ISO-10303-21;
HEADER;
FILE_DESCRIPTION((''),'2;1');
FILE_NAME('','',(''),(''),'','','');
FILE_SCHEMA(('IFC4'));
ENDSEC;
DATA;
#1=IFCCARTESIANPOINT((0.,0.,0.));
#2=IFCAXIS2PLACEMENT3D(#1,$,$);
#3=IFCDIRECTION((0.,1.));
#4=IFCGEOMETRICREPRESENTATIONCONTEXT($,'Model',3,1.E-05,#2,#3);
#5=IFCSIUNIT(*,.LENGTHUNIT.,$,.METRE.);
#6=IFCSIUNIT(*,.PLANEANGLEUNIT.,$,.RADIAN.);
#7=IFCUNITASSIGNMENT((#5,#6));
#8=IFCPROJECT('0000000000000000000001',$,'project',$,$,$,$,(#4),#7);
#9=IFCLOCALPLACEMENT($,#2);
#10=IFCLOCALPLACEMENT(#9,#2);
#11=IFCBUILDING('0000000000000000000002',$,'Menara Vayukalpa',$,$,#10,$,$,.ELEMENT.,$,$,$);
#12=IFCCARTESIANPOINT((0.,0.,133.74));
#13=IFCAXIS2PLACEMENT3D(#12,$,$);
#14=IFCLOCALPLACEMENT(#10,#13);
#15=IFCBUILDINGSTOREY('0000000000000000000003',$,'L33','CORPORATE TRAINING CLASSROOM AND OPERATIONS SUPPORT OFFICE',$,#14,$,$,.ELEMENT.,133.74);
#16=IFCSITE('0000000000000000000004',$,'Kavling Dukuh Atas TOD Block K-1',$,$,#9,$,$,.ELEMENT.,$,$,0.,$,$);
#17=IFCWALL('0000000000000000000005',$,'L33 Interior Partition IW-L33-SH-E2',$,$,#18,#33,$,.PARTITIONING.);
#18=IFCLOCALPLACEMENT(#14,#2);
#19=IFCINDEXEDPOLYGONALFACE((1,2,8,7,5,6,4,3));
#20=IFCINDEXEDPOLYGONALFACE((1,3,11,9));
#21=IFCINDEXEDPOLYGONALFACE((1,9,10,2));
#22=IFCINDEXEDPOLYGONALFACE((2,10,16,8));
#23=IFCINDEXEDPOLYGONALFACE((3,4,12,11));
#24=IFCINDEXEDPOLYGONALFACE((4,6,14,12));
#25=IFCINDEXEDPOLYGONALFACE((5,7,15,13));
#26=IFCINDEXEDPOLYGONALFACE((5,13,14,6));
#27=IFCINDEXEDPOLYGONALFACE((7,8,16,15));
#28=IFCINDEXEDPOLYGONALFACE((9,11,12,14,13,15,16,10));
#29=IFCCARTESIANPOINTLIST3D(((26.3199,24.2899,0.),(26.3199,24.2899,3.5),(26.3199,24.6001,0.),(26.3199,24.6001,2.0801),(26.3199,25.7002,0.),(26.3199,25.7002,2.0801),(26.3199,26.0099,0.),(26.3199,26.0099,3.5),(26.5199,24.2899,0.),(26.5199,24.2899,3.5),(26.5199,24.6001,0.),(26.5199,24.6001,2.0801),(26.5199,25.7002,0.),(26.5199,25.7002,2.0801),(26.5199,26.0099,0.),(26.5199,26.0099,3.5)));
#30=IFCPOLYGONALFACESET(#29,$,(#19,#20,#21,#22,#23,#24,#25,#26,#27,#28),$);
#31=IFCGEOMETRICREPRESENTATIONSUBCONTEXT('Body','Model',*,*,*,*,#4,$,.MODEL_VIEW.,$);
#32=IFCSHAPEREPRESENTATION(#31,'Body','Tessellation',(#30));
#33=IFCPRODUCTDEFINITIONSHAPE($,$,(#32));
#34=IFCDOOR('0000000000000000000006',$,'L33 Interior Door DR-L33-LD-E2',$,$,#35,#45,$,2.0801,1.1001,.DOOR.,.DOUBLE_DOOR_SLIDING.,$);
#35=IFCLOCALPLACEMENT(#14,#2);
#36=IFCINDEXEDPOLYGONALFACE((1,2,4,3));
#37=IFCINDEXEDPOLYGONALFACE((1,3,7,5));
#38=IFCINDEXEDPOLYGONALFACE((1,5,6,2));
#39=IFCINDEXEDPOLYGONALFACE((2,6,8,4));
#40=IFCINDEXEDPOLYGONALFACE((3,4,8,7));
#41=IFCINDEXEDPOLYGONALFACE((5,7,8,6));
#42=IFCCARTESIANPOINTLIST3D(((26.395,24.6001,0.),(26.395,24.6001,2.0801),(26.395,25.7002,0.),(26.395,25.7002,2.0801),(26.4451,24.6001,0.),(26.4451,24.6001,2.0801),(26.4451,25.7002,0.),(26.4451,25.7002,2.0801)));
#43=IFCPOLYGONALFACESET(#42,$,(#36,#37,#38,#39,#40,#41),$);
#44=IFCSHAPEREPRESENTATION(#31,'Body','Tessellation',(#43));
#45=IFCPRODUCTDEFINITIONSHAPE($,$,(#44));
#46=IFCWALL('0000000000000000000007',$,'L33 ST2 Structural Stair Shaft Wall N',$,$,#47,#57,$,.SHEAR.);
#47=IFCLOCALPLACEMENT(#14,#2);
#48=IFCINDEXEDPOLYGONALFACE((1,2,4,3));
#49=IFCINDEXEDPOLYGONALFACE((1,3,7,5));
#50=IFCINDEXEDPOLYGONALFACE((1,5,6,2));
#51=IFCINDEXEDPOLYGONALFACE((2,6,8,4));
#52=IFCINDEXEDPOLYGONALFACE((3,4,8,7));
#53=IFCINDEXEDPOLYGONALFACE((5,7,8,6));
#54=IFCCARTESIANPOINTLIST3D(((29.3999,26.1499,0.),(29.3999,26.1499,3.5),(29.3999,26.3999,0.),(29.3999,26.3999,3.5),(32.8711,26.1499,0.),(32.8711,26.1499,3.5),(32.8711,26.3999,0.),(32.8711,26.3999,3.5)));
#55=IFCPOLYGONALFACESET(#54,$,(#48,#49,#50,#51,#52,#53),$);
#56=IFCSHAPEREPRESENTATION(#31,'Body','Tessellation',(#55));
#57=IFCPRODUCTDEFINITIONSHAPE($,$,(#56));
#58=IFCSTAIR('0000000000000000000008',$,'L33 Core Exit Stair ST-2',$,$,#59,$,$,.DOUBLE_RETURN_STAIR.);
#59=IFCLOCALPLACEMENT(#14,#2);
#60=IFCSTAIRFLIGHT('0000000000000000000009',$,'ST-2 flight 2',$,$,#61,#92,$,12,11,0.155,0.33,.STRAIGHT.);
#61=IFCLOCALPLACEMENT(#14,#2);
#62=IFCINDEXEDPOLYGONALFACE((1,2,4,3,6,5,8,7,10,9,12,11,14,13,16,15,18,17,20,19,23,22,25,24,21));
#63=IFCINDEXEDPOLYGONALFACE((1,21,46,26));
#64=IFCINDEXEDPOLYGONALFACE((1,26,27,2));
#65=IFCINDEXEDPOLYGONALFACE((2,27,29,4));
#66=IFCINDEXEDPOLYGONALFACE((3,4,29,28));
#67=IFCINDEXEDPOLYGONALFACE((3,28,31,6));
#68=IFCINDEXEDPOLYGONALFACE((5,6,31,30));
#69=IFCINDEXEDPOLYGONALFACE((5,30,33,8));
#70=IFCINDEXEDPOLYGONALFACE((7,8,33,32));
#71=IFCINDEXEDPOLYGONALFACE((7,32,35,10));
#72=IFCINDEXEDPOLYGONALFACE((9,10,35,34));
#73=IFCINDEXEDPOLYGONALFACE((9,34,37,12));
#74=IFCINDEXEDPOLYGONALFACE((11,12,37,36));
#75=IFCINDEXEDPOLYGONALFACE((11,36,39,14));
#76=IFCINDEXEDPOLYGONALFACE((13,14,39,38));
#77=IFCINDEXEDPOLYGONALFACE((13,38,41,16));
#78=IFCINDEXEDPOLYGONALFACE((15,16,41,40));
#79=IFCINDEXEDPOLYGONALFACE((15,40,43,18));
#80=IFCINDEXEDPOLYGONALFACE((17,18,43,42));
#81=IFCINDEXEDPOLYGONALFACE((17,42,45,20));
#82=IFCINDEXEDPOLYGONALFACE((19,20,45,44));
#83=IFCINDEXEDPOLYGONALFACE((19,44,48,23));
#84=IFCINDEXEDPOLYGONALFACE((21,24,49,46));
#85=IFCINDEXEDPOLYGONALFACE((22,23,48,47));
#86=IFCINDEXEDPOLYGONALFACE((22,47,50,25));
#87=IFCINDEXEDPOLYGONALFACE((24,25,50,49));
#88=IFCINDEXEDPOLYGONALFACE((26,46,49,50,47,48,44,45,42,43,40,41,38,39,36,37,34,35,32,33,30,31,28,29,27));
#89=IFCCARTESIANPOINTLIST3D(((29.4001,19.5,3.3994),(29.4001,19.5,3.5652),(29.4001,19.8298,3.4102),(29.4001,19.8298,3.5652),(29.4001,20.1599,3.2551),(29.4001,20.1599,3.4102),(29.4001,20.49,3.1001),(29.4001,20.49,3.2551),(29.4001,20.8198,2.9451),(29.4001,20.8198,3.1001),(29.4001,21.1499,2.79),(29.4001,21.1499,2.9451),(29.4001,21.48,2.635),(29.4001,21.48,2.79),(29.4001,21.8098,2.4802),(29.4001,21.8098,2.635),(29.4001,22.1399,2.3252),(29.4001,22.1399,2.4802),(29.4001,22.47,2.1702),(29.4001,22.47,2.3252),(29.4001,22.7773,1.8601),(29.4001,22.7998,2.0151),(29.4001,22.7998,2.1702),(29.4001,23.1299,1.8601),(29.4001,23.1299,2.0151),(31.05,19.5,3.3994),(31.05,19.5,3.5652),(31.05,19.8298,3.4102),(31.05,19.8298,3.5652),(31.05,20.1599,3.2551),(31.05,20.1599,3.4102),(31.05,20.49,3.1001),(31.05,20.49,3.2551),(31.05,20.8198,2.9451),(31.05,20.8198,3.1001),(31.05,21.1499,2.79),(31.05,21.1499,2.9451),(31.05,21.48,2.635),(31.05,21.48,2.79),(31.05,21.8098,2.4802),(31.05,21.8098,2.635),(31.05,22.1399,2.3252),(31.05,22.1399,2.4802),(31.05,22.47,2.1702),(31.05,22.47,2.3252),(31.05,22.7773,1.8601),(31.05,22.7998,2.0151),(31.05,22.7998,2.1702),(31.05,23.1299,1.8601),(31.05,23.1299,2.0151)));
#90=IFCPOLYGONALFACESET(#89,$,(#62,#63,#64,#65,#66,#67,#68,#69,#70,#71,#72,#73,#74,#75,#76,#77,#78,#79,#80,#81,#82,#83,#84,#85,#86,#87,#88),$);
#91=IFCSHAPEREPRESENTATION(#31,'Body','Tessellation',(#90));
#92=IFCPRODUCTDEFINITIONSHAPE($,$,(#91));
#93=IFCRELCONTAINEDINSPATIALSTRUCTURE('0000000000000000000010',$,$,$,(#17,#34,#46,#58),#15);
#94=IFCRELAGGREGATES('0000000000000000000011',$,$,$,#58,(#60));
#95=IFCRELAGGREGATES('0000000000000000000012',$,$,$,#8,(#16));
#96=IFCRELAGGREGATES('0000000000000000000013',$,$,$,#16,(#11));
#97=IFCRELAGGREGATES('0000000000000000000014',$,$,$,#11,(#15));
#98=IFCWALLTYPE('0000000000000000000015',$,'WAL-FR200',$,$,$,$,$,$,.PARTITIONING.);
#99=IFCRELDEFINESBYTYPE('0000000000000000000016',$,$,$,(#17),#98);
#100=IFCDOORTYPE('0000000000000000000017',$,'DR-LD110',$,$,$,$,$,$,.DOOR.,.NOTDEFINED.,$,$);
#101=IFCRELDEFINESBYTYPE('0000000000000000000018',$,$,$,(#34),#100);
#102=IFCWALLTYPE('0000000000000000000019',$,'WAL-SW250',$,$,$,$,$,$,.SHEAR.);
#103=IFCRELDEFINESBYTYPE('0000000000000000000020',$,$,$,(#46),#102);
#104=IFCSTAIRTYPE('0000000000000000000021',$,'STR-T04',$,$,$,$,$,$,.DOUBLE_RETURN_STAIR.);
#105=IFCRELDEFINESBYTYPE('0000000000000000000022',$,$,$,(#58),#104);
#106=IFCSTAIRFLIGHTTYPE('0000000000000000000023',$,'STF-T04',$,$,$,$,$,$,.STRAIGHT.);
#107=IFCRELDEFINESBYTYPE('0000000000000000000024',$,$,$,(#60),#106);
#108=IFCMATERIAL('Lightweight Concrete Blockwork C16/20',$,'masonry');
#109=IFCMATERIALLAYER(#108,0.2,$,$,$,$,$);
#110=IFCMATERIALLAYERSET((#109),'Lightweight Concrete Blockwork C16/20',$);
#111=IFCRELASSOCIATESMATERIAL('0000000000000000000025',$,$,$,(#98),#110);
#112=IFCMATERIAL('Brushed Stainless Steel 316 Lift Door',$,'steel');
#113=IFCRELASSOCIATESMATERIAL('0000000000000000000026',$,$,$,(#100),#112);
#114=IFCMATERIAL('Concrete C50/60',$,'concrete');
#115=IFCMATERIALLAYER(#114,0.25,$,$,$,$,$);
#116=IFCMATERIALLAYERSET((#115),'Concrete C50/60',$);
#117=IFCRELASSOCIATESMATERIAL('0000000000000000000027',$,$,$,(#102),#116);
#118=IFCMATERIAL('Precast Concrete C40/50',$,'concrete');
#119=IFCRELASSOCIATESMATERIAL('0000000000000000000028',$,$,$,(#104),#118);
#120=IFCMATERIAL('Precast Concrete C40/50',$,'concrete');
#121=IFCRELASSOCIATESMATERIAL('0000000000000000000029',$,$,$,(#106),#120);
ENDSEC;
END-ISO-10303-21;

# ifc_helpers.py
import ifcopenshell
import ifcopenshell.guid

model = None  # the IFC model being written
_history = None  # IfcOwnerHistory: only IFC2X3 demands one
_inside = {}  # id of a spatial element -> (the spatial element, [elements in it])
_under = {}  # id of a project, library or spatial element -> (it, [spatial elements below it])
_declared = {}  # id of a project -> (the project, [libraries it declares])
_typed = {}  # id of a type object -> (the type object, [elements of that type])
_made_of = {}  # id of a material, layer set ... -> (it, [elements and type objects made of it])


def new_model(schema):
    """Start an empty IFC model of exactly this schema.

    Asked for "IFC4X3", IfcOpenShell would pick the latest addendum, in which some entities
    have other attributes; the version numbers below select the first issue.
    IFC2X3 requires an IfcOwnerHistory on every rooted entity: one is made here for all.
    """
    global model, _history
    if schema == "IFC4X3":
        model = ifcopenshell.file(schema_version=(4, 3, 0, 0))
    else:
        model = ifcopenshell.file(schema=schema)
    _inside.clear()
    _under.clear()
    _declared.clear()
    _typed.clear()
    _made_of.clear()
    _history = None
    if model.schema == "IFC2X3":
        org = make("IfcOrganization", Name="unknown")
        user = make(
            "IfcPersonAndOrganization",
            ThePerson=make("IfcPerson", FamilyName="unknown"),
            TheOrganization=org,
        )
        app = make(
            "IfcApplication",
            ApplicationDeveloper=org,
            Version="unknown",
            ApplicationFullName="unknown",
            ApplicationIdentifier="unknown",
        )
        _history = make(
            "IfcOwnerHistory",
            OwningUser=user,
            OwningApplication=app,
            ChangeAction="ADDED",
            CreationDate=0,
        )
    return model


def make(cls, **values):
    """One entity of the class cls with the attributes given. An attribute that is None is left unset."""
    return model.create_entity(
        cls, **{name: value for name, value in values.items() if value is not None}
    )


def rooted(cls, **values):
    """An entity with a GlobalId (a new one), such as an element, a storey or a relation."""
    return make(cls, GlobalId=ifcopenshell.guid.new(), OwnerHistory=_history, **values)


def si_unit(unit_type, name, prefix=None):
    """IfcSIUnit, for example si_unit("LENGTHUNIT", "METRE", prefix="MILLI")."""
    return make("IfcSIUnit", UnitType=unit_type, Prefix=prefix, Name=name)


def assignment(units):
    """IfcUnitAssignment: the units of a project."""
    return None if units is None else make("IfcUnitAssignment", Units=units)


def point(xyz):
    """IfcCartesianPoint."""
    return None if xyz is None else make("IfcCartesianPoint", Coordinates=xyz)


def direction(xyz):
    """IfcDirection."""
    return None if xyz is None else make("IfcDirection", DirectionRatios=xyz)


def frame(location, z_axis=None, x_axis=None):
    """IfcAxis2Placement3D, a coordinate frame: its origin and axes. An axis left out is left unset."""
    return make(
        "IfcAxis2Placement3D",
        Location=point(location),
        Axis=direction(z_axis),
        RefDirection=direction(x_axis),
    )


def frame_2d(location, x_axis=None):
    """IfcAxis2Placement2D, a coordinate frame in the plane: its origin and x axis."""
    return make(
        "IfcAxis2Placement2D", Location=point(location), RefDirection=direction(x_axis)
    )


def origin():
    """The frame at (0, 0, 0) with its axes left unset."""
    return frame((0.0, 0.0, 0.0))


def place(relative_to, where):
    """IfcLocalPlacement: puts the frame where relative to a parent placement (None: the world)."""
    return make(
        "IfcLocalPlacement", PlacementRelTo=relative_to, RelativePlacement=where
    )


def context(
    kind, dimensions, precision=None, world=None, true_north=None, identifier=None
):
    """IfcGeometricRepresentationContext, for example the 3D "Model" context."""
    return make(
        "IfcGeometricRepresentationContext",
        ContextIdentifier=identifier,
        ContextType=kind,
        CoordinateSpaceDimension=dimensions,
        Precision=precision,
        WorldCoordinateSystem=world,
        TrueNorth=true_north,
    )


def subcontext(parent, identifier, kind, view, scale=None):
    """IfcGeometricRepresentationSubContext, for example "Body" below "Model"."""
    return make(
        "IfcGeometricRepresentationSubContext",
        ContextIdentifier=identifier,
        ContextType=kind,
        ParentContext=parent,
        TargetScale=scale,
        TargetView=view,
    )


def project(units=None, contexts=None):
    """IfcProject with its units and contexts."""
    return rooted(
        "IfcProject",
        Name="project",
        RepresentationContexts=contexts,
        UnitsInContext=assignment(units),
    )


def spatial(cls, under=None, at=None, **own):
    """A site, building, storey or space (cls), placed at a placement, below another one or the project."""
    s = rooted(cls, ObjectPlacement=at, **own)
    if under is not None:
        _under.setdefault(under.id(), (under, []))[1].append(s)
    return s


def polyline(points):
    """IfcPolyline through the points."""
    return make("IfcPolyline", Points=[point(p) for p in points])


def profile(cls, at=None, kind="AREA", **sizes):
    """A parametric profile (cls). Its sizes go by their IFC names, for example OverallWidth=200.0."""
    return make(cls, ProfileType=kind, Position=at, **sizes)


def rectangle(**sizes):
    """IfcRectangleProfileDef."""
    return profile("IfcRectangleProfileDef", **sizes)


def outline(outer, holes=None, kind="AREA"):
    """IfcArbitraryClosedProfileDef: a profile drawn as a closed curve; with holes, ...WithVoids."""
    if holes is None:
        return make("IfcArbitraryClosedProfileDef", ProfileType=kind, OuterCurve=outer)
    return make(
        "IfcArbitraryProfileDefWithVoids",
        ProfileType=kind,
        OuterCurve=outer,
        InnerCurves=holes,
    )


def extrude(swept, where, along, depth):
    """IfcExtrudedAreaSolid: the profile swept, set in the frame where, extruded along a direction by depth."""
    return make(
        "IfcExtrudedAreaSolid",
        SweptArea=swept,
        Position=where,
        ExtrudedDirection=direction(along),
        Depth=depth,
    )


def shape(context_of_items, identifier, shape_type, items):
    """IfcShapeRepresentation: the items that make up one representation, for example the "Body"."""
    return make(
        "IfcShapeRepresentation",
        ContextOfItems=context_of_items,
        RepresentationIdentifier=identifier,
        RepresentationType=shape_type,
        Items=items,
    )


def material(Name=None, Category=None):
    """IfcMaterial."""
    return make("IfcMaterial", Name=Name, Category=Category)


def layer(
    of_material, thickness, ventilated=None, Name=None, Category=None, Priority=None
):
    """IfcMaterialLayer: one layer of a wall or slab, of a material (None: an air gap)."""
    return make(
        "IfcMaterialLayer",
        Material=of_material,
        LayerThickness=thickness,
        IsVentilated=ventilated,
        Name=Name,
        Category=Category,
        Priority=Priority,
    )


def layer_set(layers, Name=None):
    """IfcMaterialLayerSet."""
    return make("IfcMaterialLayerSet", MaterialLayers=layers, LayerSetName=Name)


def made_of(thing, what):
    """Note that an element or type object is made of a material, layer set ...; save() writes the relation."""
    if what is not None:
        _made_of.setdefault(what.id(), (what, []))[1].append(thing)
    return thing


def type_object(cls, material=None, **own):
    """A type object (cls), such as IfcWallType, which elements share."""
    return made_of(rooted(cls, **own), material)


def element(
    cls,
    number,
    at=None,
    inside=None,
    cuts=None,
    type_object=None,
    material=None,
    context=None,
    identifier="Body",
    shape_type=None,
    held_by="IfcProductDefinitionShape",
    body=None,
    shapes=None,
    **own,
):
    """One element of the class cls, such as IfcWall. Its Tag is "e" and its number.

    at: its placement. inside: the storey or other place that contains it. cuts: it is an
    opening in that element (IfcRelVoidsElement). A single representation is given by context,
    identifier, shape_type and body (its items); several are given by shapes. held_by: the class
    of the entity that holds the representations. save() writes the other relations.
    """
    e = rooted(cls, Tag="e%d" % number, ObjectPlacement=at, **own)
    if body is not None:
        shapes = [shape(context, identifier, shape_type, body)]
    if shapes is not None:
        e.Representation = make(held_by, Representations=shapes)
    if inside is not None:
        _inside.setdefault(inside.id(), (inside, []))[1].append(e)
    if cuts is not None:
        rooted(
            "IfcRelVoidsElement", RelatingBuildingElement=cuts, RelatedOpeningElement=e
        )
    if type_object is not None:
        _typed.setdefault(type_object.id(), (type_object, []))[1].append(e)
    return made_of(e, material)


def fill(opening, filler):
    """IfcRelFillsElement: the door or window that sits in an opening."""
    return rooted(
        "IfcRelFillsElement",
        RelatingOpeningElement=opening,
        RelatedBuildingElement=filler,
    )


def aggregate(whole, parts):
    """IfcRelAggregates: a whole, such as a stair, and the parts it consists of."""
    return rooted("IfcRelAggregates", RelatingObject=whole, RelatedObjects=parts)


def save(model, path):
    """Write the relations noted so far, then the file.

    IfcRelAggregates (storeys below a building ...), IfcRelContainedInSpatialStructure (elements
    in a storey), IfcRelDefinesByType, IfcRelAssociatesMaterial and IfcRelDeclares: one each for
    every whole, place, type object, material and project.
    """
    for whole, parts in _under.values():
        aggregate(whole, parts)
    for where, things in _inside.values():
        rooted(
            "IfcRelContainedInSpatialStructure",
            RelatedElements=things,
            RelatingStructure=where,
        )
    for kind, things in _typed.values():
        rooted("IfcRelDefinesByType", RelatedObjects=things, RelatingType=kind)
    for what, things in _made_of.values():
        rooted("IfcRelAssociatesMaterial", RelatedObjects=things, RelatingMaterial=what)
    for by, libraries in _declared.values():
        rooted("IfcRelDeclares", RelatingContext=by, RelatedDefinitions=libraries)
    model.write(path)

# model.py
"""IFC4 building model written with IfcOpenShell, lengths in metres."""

from ifc_helpers import new_model, si_unit, direction, frame, frame_2d, origin, place, context, subcontext, project, spatial, polyline, rectangle, outline, extrude, material, layer, layer_set, type_object, element, fill, aggregate, save


model = new_model("IFC4")

# Units and contexts
model_context = context("Model", 3, precision=1e-05, world=origin(), true_north=direction((0.0, 1.0)))
body_context = subcontext(model_context, "Body", "Model", "MODEL_VIEW")
ifc_project = project(units=[si_unit("LENGTHUNIT", "METRE"), si_unit("PLANEANGLEUNIT", "RADIAN")], contexts=[model_context])

# Site, building, storey
site_placement = place(None, origin())
site = spatial("IfcSite", under=ifc_project, at=site_placement, Name="Kavling Dukuh Atas TOD Block K-1", CompositionType="ELEMENT", RefElevation=0.0)
building_placement = place(site_placement, origin())
building = spatial("IfcBuilding", under=site, at=building_placement, Name="Menara Vayukalpa", CompositionType="ELEMENT")
storey_placement = place(building_placement, frame((0.0, 0.0, 133.74)))
storey = spatial("IfcBuildingStorey", under=building, at=storey_placement, Name="L33", Description="CORPORATE TRAINING CLASSROOM AND OPERATIONS SUPPORT OFFICE", CompositionType="ELEMENT", Elevation=133.74)

# Wall, opening, door
ifc_material_1 = material(Name="Lightweight Concrete Blockwork C16/20", Category="masonry")
ifc_layer_1 = layer(ifc_material_1, 0.2)
ifc_layer_set_1 = layer_set([ifc_layer_1], Name="Lightweight Concrete Blockwork C16/20")
wall_type_1 = type_object("IfcWallType", Name="WAL-FR200", PredefinedType="PARTITIONING", material=ifc_layer_set_1)
ifc_material_2 = material(Name="Brushed Stainless Steel 316 Lift Door", Category="steel")
door_type_1 = type_object("IfcDoorType", Name="DR-LD110", OperationType="NOTDEFINED", PredefinedType="DOOR", material=ifc_material_2)
wall_1_placement = place(storey_placement, frame((26.4199, 24.29, 0.0), z_axis=(0.0, 0.0, 1.0), x_axis=(0.0, 1.0, 0.0)))
wall_1 = element("IfcWall", 1, at=wall_1_placement, inside=storey, type_object=wall_type_1, Name="L33 Interior Partition IW-L33-SH-E2", PredefinedType="PARTITIONING", context=body_context, shape_type="SweptSolid", body=[
    extrude(rectangle(XDim=1.72, YDim=0.2, at=frame_2d((0.8599, 0.0))), origin(), (0.0, 0.0, 1.0), 3.5),
])
opening_1_placement = place(wall_1_placement, frame((0.3101, 0.0, 0.0)))
opening_1 = element("IfcOpeningElement", 2, at=opening_1_placement, cuts=wall_1, PredefinedType="OPENING", context=body_context, shape_type="SweptSolid", body=[
    extrude(rectangle(XDim=1.1001, YDim=2.0801, at=frame_2d((0.55, 1.04))), frame((0.0, 0.1099, 0.0), z_axis=(0.0, -1.0, 0.0), x_axis=(1.0, 0.0, 0.0)), (0.0, 0.0, 1.0), 0.22),
])
door_1_placement = place(opening_1_placement, origin())
door_1 = element("IfcDoor", 3, at=door_1_placement, inside=storey, type_object=door_type_1, Name="L33 Interior Door DR-L33-LD-E2", OperationType="DOUBLE_DOOR_SLIDING", OverallHeight=2.0801, OverallWidth=1.1001, PredefinedType="DOOR", context=body_context, shape_type="SweptSolid", body=[
    extrude(rectangle(XDim=1.1001, YDim=2.0801, at=frame_2d((0.55, 1.04))), frame((0.0, 0.0249, 0.0), z_axis=(0.0, -1.0, 0.0), x_axis=(1.0, 0.0, 0.0)), (0.0, 0.0, 1.0), 0.05),
])
fill(opening_1, door_1)

# Wall
ifc_material_3 = material(Name="Concrete C50/60", Category="concrete")
ifc_layer_2 = layer(ifc_material_3, 0.25)
ifc_layer_set_2 = layer_set([ifc_layer_2], Name="Concrete C50/60")
wall_type_2 = type_object("IfcWallType", Name="WAL-SW250", PredefinedType="SHEAR", material=ifc_layer_set_2)
wall_2_placement = place(storey_placement, frame((29.3999, 26.2749, 0.0), z_axis=(0.0, 0.0, 1.0), x_axis=(1.0, 0.0, 0.0)))
element("IfcWall", 4, at=wall_2_placement, inside=storey, type_object=wall_type_2, Name="L33 ST2 Structural Stair Shaft Wall N", PredefinedType="SHEAR", context=body_context, shape_type="SweptSolid", body=[
    extrude(rectangle(XDim=3.4712, YDim=0.25, at=frame_2d((1.7356, 0.0))), origin(), (0.0, 0.0, 1.0), 3.5),
])

# Stair, stair flight
ifc_material_4 = material(Name="Precast Concrete C40/50", Category="concrete")
stair_type = type_object("IfcStairType", Name="STR-T04", PredefinedType="DOUBLE_RETURN_STAIR", material=ifc_material_4)
stair_placement = place(storey_placement, origin())
stair = element("IfcStair", 5, at=stair_placement, inside=storey, type_object=stair_type, Name="L33 Core Exit Stair ST-2", PredefinedType="DOUBLE_RETURN_STAIR")
ifc_material_5 = material(Name="Precast Concrete C40/50", Category="concrete")
stair_flight_type = type_object("IfcStairFlightType", Name="STF-T04", PredefinedType="STRAIGHT", material=ifc_material_5)
stair_flight_placement = place(storey_placement, frame((30.2251, 23.1299, 1.8601), z_axis=(0.0, 0.0, 1.0), x_axis=(0.0, -1.0, 0.0)))
stair_flight = element("IfcStairFlight", 6, at=stair_flight_placement, type_object=stair_flight_type, Name="ST-2 flight 2", NumberOfRisers=12, NumberOfTreads=11, PredefinedType="STRAIGHT", RiserHeight=0.155, TreadLength=0.33, context=body_context, shape_type="SweptSolid", body=[
    extrude(outline(polyline([(0.0, 0.0), (0.0, 0.155), (0.3301, 0.155), (0.3301, 0.3101), (0.6599, 0.3101), (0.6599, 0.4651), (0.99, 0.4651), (0.99, 0.6201), (1.3201, 0.6201), (1.3201, 0.7749), (1.6499, 0.7749), (1.6499, 0.9299), (1.98, 0.9299), (1.98, 1.085), (2.3101, 1.085), (2.3101, 1.24), (2.6399, 1.24), (2.6399, 1.395), (2.97, 1.395), (2.97, 1.55), (3.3, 1.55), (3.3, 1.7051), (3.6299, 1.7051), (3.6299, 1.8601), (3.6299, 1.5393), (0.3525, 0.0), (0.0, 0.0)])), frame((0.0, 0.825, 0.0), z_axis=(0.0, -1.0, 0.0), x_axis=(1.0, 0.0, 0.0)), (0.0, 0.0, 1.0), 1.6499),
])
aggregate(stair, [stair_flight])

save(model, "model.ifc")
